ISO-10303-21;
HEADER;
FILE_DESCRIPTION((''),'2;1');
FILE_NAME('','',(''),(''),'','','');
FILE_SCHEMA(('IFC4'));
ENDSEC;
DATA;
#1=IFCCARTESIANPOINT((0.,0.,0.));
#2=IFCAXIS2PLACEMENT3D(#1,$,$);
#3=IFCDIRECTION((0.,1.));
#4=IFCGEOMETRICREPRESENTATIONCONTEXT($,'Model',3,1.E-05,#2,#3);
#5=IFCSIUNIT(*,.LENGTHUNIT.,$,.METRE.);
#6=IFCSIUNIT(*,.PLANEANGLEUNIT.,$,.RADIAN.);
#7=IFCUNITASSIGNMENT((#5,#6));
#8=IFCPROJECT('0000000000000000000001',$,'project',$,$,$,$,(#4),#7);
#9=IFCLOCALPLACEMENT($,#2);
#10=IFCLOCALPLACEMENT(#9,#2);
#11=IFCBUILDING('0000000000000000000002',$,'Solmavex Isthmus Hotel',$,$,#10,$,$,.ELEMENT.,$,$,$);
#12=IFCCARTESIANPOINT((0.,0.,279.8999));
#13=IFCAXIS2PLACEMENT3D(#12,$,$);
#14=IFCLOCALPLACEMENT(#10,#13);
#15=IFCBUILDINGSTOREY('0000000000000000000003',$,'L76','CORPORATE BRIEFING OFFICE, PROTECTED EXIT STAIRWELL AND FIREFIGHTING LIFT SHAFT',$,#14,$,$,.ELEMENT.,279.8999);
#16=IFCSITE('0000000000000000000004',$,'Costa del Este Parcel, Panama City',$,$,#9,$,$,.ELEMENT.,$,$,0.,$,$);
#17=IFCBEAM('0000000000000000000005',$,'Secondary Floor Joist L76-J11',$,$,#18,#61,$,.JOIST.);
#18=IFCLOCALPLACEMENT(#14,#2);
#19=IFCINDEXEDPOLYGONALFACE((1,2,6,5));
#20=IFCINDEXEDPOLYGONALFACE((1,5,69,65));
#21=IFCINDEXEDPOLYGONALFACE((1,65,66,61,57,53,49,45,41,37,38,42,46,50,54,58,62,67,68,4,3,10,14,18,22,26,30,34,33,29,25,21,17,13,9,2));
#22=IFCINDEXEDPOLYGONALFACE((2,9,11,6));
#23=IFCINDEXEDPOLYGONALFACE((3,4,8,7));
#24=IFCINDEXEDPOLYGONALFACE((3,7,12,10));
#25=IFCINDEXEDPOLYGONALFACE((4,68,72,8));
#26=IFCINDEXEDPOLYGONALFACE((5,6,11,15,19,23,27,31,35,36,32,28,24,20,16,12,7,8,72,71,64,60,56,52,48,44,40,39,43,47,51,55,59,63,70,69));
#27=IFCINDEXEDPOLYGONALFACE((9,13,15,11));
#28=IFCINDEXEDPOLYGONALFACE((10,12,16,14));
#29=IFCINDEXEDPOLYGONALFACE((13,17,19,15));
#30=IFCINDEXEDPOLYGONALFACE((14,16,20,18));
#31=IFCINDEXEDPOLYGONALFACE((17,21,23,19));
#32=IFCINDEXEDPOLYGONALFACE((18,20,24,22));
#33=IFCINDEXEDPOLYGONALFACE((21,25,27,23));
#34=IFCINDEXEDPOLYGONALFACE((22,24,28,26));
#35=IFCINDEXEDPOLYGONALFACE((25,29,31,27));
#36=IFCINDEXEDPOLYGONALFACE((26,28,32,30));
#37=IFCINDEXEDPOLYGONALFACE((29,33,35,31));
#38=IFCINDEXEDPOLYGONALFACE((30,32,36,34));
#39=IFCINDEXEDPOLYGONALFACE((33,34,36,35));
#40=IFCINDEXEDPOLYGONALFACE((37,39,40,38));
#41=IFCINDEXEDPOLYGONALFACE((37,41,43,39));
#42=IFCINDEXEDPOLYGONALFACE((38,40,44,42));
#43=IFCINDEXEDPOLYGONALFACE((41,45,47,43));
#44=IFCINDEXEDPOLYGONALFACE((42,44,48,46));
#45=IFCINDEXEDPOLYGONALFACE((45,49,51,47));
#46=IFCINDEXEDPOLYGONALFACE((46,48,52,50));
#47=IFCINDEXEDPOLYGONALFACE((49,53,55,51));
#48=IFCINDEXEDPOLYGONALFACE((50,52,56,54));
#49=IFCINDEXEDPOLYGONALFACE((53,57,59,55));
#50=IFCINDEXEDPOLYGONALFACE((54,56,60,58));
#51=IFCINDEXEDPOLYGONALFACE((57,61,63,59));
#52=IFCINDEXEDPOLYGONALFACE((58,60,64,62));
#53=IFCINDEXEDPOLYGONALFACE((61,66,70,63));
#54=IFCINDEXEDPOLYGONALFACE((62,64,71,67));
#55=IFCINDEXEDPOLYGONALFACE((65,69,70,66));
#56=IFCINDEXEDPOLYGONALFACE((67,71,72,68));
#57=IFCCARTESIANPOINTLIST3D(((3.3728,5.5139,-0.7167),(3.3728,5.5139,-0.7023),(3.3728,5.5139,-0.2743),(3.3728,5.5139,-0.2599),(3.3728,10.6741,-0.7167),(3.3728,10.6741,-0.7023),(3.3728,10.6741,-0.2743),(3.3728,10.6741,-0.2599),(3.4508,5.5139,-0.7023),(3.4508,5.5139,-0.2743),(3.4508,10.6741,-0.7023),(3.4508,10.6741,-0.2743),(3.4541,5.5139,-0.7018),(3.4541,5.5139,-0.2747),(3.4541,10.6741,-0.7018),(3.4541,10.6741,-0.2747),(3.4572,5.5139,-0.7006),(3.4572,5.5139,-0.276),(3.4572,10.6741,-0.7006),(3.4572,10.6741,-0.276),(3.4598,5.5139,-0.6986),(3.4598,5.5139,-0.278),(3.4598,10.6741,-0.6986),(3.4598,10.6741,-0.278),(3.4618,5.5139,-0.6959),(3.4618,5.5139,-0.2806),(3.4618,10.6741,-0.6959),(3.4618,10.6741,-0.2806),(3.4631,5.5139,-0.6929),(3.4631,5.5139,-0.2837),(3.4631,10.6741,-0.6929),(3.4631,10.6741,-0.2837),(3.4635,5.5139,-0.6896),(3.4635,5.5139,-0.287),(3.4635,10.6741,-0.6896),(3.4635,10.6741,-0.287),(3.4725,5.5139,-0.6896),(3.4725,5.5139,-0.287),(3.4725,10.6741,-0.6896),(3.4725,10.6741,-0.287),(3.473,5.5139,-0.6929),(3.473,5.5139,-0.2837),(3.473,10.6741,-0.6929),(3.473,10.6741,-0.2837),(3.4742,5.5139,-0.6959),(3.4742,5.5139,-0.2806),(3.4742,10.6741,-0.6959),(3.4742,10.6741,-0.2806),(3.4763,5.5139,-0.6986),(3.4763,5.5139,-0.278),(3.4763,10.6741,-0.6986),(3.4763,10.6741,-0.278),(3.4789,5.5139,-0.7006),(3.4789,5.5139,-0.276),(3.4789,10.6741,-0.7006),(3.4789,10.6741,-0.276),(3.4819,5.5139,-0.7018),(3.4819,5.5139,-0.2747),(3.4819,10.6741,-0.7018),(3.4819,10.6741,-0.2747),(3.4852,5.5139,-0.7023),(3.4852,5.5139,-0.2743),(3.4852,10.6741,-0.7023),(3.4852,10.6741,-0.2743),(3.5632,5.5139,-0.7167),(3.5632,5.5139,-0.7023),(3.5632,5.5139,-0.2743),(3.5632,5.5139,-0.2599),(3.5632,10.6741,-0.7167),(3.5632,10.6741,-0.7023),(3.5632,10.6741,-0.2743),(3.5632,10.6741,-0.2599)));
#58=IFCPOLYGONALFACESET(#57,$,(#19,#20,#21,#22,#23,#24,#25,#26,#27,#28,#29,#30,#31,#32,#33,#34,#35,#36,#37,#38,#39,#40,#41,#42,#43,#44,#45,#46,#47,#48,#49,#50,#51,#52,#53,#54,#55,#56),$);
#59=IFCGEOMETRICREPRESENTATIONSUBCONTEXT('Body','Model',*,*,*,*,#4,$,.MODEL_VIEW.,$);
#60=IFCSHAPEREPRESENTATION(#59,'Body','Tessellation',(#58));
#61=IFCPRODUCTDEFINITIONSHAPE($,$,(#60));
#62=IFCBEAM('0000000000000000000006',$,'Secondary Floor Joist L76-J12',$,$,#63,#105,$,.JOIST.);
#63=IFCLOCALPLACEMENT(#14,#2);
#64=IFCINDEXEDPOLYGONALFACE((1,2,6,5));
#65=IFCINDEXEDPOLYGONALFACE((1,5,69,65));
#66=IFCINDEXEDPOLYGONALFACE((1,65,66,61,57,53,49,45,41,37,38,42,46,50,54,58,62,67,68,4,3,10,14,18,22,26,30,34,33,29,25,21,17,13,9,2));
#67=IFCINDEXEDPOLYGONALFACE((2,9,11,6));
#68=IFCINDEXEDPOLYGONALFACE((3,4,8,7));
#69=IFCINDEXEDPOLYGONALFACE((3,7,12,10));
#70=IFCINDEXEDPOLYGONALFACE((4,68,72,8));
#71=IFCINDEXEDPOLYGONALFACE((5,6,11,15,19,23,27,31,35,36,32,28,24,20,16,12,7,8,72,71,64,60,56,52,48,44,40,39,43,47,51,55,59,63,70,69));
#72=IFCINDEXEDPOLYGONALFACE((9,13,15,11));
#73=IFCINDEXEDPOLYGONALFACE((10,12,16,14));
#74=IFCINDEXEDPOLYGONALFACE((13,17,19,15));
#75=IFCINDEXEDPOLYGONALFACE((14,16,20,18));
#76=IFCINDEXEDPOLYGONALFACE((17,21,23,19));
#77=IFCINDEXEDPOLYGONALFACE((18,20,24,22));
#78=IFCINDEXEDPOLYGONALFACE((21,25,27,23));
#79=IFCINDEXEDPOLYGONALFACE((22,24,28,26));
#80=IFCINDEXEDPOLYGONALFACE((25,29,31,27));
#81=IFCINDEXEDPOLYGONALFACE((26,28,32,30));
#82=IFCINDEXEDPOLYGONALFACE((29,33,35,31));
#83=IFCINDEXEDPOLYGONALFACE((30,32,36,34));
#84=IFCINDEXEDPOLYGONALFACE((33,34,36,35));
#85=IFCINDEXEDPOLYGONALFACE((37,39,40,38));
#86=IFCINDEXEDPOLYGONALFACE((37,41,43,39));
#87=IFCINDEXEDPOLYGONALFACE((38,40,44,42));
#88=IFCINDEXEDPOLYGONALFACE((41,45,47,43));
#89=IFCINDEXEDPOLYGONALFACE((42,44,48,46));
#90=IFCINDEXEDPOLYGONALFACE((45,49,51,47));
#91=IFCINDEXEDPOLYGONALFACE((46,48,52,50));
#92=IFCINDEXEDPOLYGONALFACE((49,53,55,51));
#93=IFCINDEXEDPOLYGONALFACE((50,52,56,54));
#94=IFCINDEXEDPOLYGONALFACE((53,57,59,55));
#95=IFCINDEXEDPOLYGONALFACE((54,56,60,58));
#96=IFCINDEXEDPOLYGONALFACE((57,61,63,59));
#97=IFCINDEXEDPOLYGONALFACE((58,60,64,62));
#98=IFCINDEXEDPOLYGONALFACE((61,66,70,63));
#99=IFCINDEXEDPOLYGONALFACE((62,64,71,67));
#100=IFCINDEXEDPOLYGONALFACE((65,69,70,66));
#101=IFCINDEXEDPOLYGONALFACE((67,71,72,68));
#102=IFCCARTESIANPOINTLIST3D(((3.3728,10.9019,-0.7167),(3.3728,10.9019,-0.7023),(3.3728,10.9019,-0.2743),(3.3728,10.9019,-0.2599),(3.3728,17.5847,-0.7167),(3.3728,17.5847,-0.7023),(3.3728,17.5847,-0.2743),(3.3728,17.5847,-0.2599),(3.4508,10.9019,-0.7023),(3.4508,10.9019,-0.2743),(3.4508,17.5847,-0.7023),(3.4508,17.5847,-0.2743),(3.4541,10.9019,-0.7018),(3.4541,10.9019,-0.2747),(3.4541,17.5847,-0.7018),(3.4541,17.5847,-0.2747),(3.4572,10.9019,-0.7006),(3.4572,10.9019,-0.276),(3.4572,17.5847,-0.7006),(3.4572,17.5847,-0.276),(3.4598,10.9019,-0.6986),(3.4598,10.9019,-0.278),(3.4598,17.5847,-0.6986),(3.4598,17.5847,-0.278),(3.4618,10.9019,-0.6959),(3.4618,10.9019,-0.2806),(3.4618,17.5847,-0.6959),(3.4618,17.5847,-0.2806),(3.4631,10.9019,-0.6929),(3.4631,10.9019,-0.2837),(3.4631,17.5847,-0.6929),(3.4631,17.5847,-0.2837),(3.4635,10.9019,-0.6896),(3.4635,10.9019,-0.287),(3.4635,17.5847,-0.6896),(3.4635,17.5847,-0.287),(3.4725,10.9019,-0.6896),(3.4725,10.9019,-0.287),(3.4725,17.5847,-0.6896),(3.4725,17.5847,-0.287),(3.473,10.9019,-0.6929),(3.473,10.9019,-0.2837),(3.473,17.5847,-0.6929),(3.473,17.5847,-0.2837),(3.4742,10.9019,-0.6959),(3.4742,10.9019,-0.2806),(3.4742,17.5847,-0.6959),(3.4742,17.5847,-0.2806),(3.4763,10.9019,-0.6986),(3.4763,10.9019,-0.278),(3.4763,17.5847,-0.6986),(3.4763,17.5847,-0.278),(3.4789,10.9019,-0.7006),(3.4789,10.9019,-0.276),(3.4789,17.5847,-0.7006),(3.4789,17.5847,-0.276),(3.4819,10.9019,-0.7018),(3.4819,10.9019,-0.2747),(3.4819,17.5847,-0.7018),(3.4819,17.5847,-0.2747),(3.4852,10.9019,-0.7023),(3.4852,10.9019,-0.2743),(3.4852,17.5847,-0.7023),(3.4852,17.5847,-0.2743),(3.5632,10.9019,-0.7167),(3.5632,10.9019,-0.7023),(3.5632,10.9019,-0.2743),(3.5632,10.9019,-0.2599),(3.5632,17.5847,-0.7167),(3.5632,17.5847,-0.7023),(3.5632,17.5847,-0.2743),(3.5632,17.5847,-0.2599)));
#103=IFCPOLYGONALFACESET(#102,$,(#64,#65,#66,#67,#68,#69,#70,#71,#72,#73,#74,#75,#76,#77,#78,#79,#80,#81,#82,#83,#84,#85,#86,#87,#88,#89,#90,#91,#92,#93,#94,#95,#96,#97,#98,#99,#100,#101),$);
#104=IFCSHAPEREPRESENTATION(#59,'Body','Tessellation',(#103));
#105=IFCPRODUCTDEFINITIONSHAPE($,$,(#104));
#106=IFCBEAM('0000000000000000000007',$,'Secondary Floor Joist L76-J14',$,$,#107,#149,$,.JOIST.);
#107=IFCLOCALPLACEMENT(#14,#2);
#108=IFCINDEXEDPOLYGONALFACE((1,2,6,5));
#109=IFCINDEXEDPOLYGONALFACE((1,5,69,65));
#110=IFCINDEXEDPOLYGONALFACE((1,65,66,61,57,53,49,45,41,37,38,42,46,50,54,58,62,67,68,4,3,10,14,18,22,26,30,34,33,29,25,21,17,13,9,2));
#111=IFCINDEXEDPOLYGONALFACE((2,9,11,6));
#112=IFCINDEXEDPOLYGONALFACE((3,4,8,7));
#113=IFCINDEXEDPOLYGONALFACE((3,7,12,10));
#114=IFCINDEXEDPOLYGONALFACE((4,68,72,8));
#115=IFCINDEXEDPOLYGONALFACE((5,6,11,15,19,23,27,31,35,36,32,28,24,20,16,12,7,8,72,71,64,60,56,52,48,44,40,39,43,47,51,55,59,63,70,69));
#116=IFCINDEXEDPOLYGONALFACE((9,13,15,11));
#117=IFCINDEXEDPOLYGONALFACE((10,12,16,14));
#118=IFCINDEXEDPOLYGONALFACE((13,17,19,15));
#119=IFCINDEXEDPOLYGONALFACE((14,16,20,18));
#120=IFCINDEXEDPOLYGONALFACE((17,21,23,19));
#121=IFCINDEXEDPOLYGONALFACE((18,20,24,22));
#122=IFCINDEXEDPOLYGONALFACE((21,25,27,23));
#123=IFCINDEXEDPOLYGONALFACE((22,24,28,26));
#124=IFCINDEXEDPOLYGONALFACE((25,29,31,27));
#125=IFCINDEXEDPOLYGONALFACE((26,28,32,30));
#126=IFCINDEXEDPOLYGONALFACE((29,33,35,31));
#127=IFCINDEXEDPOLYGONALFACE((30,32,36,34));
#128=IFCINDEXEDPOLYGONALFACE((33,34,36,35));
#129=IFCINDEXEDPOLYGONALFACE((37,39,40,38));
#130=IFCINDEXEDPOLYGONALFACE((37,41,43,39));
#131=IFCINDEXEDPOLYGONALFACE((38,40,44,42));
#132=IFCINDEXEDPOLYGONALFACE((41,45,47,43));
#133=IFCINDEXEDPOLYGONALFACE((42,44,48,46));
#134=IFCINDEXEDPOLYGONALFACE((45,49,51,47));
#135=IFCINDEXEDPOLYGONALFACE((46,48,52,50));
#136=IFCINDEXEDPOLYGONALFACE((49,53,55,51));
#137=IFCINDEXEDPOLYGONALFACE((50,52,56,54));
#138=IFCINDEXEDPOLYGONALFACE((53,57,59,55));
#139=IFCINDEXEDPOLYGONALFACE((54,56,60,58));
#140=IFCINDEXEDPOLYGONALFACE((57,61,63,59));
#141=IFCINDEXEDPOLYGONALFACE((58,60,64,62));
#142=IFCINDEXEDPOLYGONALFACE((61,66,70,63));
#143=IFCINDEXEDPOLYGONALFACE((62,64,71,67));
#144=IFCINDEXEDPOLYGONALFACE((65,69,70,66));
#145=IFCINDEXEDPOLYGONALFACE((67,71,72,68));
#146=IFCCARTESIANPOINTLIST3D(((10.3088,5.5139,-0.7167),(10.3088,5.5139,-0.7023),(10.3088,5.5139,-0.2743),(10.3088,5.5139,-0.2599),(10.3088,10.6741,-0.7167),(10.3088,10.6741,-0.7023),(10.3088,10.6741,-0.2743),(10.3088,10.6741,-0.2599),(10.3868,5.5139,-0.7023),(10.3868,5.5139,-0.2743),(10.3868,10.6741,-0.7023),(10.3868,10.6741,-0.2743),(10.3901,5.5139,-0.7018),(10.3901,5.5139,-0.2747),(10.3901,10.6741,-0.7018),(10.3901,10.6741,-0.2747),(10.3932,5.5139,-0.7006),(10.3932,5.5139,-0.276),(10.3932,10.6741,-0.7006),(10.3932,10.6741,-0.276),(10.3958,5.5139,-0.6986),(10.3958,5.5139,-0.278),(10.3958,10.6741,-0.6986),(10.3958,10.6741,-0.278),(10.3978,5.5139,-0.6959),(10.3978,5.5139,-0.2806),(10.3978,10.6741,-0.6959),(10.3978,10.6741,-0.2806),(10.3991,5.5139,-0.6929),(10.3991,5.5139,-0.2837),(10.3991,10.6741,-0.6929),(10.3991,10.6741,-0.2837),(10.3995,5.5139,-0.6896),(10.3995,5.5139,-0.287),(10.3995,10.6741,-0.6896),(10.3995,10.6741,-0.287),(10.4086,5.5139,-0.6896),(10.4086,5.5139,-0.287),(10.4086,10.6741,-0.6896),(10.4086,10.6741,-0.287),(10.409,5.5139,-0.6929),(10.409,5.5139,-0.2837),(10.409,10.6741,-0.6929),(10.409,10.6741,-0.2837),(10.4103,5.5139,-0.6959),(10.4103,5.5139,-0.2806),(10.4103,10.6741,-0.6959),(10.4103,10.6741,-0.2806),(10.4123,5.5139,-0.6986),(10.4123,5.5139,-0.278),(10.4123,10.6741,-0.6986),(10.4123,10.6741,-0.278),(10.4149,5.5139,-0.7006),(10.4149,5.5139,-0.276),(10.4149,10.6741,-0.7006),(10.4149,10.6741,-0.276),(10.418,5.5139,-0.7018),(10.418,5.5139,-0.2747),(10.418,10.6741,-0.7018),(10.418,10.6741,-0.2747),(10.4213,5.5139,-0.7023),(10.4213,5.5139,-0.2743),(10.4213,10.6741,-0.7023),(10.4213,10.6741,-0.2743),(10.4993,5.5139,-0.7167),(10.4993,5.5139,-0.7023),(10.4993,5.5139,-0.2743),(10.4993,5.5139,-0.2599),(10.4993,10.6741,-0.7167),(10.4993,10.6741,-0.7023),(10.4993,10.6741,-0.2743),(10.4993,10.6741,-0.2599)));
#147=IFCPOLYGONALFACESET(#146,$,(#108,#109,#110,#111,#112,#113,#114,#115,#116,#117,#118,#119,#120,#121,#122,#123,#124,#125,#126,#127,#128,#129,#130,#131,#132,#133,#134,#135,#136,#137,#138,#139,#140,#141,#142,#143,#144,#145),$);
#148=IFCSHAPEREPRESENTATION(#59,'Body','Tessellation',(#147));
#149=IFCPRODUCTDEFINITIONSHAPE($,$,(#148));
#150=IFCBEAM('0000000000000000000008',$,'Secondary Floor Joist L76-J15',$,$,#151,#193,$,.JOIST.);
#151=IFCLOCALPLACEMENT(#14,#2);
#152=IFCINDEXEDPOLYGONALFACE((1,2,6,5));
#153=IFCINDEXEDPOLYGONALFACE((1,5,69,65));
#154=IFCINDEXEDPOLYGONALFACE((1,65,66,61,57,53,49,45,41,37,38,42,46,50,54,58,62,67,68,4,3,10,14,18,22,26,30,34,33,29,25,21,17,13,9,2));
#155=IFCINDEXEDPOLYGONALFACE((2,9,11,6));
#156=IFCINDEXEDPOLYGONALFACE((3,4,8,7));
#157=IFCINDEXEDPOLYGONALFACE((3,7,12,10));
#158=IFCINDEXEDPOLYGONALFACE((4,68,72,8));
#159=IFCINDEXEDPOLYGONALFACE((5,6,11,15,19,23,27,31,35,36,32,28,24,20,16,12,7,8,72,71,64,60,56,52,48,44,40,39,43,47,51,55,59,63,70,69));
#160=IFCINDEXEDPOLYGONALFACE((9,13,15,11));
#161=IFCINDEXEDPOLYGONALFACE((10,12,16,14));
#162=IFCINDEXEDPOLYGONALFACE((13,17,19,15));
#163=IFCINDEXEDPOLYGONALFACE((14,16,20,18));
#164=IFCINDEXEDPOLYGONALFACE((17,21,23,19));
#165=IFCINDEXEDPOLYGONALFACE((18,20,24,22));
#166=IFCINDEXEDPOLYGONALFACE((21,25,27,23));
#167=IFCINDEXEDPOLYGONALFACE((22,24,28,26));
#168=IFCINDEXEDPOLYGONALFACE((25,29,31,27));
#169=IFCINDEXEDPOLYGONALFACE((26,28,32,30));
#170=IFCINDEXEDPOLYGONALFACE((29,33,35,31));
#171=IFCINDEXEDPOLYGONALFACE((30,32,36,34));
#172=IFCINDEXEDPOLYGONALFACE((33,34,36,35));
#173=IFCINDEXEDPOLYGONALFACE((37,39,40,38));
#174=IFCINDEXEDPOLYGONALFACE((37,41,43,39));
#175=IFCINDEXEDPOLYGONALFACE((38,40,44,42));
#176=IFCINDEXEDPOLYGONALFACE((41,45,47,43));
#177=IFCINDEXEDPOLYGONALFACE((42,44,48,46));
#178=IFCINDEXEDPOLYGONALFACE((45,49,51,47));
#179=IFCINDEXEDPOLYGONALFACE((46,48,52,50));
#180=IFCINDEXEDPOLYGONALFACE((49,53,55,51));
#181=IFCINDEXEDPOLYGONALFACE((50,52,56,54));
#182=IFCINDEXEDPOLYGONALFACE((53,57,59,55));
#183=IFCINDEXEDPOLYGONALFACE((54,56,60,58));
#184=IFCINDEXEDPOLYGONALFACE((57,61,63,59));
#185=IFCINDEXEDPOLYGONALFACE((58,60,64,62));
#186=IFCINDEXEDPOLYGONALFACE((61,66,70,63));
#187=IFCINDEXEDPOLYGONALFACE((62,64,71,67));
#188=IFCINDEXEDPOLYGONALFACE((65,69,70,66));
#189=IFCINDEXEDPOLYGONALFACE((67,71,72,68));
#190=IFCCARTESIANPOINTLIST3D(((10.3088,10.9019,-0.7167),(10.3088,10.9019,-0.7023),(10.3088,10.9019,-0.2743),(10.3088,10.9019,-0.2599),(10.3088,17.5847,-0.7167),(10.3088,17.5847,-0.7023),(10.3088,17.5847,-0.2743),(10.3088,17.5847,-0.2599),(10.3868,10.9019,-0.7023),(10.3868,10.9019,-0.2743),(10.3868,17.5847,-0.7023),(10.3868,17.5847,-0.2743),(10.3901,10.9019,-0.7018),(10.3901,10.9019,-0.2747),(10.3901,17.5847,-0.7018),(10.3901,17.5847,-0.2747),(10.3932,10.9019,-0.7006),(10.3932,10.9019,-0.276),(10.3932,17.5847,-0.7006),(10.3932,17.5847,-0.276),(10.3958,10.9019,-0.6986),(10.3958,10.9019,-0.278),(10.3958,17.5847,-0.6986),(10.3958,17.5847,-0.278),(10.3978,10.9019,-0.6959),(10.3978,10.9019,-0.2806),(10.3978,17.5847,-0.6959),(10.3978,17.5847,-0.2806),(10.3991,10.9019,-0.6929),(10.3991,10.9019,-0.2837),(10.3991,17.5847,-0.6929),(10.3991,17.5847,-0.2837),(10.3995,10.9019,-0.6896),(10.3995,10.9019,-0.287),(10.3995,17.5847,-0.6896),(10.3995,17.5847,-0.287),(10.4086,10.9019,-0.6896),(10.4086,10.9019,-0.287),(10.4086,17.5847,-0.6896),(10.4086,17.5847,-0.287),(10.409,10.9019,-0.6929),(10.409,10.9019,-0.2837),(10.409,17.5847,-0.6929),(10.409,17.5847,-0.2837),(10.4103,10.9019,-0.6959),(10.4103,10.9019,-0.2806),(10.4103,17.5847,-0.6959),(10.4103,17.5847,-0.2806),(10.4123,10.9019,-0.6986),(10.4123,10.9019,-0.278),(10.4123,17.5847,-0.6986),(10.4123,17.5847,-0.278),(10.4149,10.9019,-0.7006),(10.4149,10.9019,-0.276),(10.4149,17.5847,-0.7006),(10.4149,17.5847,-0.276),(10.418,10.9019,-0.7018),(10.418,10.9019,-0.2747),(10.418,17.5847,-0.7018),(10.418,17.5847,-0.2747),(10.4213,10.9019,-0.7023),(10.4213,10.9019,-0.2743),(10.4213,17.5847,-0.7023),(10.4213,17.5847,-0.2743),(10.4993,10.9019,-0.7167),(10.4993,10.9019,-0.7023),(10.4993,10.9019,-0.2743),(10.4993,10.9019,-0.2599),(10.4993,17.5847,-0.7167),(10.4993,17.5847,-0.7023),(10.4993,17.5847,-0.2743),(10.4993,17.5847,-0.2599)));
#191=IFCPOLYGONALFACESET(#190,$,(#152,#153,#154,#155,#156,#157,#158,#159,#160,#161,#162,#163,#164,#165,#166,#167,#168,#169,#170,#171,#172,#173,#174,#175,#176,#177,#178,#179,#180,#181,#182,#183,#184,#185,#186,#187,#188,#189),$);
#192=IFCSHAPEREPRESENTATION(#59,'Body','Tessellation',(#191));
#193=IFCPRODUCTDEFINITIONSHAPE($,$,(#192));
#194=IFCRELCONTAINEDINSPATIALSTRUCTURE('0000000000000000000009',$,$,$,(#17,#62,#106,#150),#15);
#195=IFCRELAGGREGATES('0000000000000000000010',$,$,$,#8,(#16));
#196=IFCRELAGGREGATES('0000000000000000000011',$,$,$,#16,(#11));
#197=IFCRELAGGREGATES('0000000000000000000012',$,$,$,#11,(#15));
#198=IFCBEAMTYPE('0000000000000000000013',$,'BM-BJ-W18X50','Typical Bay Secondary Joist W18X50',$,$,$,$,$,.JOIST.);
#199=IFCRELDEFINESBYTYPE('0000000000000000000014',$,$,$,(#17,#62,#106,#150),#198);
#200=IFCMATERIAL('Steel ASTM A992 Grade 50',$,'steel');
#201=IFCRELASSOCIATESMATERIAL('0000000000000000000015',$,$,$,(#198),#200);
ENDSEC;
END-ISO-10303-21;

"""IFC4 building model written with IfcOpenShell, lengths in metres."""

from ifc_helpers import new_model, si_unit, direction, frame, origin, origin_2d, place, context, subcontext, project, spatial, i_section, extrude, material, material_profile, profile_set, type_object, element, save


model = new_model("IFC4")

# Units and contexts
model_context = context("Model", 3, precision=1e-05, world=origin(), true_north=direction((0.0, 1.0)))
body_context = subcontext(model_context, "Body", "Model", "MODEL_VIEW")
ifc_project = project(units=[si_unit("LENGTHUNIT", "METRE"), si_unit("PLANEANGLEUNIT", "RADIAN")], contexts=[model_context])

# Site, building, storey
site_placement = place(None, origin())
site = spatial("IfcSite", under=ifc_project, at=site_placement, Name="Costa del Este Parcel, Panama City", CompositionType="ELEMENT", RefElevation=0.0)
building_placement = place(site_placement, origin())
building = spatial("IfcBuilding", under=site, at=building_placement, Name="Solmavex Isthmus Hotel", CompositionType="ELEMENT")
storey_placement = place(building_placement, frame((0.0, 0.0, 279.8999)))
storey = spatial("IfcBuildingStorey", under=building, at=storey_placement, Name="L76", Description="CORPORATE BRIEFING OFFICE, PROTECTED EXIT STAIRWELL AND FIREFIGHTING LIFT SHAFT", CompositionType="ELEMENT", Elevation=279.8999)

# Beams
ifc_material_1 = material(Name="Steel ASTM A992 Grade 50", Category="steel")
ifc_material_profile_1 = material_profile(ifc_material_1, i_section(OverallWidth=0.1904, OverallDepth=0.4568, WebThickness=0.009, FlangeThickness=0.0144, FilletRadius=0.0127, at=origin_2d()), Name="W18X50")
ifc_profile_set_1 = profile_set([ifc_material_profile_1], Name="Steel ASTM A992 Grade 50")
beam_type_1 = type_object("IfcBeamType", Name="BM-BJ-W18X50", Description="Typical Bay Secondary Joist W18X50", PredefinedType="JOIST", material=ifc_profile_set_1)
beam_1_placement = place(storey_placement, frame((3.468, 5.5139, -0.4883), z_axis=(0.0, 1.0, 0.0), x_axis=(-1.0, 0.0, 0.0)))
element("IfcBeam", 1, at=beam_1_placement, inside=storey, type_object=beam_type_1, Name="Secondary Floor Joist L76-J11", PredefinedType="JOIST", context=body_context, shape_type="SweptSolid", body=[
    extrude(i_section(OverallWidth=0.1904, OverallDepth=0.4568, WebThickness=0.009, FlangeThickness=0.0144, FilletRadius=0.0127, at=origin_2d()), origin(), (0.0, 0.0, 1.0), 5.1602),
])
beam_2_placement = place(storey_placement, frame((3.468, 10.9019, -0.4883), z_axis=(0.0, 1.0, 0.0), x_axis=(-1.0, 0.0, 0.0)))
element("IfcBeam", 2, at=beam_2_placement, inside=storey, type_object=beam_type_1, Name="Secondary Floor Joist L76-J12", PredefinedType="JOIST", context=body_context, shape_type="SweptSolid", body=[
    extrude(i_section(OverallWidth=0.1904, OverallDepth=0.4568, WebThickness=0.009, FlangeThickness=0.0144, FilletRadius=0.0127, at=origin_2d()), origin(), (0.0, 0.0, 1.0), 6.6829),
])
beam_3_placement = place(storey_placement, frame((10.4041, 5.5139, -0.4883), z_axis=(0.0, 1.0, 0.0), x_axis=(-1.0, 0.0, 0.0)))
element("IfcBeam", 3, at=beam_3_placement, inside=storey, type_object=beam_type_1, Name="Secondary Floor Joist L76-J14", PredefinedType="JOIST", context=body_context, shape_type="SweptSolid", body=[
    extrude(i_section(OverallWidth=0.1904, OverallDepth=0.4568, WebThickness=0.009, FlangeThickness=0.0144, FilletRadius=0.0127, at=origin_2d()), origin(), (0.0, 0.0, 1.0), 5.1602),
])
beam_4_placement = place(storey_placement, frame((10.4041, 10.9019, -0.4883), z_axis=(0.0, 1.0, 0.0), x_axis=(-1.0, 0.0, 0.0)))
element("IfcBeam", 4, at=beam_4_placement, inside=storey, type_object=beam_type_1, Name="Secondary Floor Joist L76-J15", PredefinedType="JOIST", context=body_context, shape_type="SweptSolid", body=[
    extrude(i_section(OverallWidth=0.1904, OverallDepth=0.4568, WebThickness=0.009, FlangeThickness=0.0144, FilletRadius=0.0127, at=origin_2d()), origin(), (0.0, 0.0, 1.0), 6.6829),
])

save(model, "model.ifc")
